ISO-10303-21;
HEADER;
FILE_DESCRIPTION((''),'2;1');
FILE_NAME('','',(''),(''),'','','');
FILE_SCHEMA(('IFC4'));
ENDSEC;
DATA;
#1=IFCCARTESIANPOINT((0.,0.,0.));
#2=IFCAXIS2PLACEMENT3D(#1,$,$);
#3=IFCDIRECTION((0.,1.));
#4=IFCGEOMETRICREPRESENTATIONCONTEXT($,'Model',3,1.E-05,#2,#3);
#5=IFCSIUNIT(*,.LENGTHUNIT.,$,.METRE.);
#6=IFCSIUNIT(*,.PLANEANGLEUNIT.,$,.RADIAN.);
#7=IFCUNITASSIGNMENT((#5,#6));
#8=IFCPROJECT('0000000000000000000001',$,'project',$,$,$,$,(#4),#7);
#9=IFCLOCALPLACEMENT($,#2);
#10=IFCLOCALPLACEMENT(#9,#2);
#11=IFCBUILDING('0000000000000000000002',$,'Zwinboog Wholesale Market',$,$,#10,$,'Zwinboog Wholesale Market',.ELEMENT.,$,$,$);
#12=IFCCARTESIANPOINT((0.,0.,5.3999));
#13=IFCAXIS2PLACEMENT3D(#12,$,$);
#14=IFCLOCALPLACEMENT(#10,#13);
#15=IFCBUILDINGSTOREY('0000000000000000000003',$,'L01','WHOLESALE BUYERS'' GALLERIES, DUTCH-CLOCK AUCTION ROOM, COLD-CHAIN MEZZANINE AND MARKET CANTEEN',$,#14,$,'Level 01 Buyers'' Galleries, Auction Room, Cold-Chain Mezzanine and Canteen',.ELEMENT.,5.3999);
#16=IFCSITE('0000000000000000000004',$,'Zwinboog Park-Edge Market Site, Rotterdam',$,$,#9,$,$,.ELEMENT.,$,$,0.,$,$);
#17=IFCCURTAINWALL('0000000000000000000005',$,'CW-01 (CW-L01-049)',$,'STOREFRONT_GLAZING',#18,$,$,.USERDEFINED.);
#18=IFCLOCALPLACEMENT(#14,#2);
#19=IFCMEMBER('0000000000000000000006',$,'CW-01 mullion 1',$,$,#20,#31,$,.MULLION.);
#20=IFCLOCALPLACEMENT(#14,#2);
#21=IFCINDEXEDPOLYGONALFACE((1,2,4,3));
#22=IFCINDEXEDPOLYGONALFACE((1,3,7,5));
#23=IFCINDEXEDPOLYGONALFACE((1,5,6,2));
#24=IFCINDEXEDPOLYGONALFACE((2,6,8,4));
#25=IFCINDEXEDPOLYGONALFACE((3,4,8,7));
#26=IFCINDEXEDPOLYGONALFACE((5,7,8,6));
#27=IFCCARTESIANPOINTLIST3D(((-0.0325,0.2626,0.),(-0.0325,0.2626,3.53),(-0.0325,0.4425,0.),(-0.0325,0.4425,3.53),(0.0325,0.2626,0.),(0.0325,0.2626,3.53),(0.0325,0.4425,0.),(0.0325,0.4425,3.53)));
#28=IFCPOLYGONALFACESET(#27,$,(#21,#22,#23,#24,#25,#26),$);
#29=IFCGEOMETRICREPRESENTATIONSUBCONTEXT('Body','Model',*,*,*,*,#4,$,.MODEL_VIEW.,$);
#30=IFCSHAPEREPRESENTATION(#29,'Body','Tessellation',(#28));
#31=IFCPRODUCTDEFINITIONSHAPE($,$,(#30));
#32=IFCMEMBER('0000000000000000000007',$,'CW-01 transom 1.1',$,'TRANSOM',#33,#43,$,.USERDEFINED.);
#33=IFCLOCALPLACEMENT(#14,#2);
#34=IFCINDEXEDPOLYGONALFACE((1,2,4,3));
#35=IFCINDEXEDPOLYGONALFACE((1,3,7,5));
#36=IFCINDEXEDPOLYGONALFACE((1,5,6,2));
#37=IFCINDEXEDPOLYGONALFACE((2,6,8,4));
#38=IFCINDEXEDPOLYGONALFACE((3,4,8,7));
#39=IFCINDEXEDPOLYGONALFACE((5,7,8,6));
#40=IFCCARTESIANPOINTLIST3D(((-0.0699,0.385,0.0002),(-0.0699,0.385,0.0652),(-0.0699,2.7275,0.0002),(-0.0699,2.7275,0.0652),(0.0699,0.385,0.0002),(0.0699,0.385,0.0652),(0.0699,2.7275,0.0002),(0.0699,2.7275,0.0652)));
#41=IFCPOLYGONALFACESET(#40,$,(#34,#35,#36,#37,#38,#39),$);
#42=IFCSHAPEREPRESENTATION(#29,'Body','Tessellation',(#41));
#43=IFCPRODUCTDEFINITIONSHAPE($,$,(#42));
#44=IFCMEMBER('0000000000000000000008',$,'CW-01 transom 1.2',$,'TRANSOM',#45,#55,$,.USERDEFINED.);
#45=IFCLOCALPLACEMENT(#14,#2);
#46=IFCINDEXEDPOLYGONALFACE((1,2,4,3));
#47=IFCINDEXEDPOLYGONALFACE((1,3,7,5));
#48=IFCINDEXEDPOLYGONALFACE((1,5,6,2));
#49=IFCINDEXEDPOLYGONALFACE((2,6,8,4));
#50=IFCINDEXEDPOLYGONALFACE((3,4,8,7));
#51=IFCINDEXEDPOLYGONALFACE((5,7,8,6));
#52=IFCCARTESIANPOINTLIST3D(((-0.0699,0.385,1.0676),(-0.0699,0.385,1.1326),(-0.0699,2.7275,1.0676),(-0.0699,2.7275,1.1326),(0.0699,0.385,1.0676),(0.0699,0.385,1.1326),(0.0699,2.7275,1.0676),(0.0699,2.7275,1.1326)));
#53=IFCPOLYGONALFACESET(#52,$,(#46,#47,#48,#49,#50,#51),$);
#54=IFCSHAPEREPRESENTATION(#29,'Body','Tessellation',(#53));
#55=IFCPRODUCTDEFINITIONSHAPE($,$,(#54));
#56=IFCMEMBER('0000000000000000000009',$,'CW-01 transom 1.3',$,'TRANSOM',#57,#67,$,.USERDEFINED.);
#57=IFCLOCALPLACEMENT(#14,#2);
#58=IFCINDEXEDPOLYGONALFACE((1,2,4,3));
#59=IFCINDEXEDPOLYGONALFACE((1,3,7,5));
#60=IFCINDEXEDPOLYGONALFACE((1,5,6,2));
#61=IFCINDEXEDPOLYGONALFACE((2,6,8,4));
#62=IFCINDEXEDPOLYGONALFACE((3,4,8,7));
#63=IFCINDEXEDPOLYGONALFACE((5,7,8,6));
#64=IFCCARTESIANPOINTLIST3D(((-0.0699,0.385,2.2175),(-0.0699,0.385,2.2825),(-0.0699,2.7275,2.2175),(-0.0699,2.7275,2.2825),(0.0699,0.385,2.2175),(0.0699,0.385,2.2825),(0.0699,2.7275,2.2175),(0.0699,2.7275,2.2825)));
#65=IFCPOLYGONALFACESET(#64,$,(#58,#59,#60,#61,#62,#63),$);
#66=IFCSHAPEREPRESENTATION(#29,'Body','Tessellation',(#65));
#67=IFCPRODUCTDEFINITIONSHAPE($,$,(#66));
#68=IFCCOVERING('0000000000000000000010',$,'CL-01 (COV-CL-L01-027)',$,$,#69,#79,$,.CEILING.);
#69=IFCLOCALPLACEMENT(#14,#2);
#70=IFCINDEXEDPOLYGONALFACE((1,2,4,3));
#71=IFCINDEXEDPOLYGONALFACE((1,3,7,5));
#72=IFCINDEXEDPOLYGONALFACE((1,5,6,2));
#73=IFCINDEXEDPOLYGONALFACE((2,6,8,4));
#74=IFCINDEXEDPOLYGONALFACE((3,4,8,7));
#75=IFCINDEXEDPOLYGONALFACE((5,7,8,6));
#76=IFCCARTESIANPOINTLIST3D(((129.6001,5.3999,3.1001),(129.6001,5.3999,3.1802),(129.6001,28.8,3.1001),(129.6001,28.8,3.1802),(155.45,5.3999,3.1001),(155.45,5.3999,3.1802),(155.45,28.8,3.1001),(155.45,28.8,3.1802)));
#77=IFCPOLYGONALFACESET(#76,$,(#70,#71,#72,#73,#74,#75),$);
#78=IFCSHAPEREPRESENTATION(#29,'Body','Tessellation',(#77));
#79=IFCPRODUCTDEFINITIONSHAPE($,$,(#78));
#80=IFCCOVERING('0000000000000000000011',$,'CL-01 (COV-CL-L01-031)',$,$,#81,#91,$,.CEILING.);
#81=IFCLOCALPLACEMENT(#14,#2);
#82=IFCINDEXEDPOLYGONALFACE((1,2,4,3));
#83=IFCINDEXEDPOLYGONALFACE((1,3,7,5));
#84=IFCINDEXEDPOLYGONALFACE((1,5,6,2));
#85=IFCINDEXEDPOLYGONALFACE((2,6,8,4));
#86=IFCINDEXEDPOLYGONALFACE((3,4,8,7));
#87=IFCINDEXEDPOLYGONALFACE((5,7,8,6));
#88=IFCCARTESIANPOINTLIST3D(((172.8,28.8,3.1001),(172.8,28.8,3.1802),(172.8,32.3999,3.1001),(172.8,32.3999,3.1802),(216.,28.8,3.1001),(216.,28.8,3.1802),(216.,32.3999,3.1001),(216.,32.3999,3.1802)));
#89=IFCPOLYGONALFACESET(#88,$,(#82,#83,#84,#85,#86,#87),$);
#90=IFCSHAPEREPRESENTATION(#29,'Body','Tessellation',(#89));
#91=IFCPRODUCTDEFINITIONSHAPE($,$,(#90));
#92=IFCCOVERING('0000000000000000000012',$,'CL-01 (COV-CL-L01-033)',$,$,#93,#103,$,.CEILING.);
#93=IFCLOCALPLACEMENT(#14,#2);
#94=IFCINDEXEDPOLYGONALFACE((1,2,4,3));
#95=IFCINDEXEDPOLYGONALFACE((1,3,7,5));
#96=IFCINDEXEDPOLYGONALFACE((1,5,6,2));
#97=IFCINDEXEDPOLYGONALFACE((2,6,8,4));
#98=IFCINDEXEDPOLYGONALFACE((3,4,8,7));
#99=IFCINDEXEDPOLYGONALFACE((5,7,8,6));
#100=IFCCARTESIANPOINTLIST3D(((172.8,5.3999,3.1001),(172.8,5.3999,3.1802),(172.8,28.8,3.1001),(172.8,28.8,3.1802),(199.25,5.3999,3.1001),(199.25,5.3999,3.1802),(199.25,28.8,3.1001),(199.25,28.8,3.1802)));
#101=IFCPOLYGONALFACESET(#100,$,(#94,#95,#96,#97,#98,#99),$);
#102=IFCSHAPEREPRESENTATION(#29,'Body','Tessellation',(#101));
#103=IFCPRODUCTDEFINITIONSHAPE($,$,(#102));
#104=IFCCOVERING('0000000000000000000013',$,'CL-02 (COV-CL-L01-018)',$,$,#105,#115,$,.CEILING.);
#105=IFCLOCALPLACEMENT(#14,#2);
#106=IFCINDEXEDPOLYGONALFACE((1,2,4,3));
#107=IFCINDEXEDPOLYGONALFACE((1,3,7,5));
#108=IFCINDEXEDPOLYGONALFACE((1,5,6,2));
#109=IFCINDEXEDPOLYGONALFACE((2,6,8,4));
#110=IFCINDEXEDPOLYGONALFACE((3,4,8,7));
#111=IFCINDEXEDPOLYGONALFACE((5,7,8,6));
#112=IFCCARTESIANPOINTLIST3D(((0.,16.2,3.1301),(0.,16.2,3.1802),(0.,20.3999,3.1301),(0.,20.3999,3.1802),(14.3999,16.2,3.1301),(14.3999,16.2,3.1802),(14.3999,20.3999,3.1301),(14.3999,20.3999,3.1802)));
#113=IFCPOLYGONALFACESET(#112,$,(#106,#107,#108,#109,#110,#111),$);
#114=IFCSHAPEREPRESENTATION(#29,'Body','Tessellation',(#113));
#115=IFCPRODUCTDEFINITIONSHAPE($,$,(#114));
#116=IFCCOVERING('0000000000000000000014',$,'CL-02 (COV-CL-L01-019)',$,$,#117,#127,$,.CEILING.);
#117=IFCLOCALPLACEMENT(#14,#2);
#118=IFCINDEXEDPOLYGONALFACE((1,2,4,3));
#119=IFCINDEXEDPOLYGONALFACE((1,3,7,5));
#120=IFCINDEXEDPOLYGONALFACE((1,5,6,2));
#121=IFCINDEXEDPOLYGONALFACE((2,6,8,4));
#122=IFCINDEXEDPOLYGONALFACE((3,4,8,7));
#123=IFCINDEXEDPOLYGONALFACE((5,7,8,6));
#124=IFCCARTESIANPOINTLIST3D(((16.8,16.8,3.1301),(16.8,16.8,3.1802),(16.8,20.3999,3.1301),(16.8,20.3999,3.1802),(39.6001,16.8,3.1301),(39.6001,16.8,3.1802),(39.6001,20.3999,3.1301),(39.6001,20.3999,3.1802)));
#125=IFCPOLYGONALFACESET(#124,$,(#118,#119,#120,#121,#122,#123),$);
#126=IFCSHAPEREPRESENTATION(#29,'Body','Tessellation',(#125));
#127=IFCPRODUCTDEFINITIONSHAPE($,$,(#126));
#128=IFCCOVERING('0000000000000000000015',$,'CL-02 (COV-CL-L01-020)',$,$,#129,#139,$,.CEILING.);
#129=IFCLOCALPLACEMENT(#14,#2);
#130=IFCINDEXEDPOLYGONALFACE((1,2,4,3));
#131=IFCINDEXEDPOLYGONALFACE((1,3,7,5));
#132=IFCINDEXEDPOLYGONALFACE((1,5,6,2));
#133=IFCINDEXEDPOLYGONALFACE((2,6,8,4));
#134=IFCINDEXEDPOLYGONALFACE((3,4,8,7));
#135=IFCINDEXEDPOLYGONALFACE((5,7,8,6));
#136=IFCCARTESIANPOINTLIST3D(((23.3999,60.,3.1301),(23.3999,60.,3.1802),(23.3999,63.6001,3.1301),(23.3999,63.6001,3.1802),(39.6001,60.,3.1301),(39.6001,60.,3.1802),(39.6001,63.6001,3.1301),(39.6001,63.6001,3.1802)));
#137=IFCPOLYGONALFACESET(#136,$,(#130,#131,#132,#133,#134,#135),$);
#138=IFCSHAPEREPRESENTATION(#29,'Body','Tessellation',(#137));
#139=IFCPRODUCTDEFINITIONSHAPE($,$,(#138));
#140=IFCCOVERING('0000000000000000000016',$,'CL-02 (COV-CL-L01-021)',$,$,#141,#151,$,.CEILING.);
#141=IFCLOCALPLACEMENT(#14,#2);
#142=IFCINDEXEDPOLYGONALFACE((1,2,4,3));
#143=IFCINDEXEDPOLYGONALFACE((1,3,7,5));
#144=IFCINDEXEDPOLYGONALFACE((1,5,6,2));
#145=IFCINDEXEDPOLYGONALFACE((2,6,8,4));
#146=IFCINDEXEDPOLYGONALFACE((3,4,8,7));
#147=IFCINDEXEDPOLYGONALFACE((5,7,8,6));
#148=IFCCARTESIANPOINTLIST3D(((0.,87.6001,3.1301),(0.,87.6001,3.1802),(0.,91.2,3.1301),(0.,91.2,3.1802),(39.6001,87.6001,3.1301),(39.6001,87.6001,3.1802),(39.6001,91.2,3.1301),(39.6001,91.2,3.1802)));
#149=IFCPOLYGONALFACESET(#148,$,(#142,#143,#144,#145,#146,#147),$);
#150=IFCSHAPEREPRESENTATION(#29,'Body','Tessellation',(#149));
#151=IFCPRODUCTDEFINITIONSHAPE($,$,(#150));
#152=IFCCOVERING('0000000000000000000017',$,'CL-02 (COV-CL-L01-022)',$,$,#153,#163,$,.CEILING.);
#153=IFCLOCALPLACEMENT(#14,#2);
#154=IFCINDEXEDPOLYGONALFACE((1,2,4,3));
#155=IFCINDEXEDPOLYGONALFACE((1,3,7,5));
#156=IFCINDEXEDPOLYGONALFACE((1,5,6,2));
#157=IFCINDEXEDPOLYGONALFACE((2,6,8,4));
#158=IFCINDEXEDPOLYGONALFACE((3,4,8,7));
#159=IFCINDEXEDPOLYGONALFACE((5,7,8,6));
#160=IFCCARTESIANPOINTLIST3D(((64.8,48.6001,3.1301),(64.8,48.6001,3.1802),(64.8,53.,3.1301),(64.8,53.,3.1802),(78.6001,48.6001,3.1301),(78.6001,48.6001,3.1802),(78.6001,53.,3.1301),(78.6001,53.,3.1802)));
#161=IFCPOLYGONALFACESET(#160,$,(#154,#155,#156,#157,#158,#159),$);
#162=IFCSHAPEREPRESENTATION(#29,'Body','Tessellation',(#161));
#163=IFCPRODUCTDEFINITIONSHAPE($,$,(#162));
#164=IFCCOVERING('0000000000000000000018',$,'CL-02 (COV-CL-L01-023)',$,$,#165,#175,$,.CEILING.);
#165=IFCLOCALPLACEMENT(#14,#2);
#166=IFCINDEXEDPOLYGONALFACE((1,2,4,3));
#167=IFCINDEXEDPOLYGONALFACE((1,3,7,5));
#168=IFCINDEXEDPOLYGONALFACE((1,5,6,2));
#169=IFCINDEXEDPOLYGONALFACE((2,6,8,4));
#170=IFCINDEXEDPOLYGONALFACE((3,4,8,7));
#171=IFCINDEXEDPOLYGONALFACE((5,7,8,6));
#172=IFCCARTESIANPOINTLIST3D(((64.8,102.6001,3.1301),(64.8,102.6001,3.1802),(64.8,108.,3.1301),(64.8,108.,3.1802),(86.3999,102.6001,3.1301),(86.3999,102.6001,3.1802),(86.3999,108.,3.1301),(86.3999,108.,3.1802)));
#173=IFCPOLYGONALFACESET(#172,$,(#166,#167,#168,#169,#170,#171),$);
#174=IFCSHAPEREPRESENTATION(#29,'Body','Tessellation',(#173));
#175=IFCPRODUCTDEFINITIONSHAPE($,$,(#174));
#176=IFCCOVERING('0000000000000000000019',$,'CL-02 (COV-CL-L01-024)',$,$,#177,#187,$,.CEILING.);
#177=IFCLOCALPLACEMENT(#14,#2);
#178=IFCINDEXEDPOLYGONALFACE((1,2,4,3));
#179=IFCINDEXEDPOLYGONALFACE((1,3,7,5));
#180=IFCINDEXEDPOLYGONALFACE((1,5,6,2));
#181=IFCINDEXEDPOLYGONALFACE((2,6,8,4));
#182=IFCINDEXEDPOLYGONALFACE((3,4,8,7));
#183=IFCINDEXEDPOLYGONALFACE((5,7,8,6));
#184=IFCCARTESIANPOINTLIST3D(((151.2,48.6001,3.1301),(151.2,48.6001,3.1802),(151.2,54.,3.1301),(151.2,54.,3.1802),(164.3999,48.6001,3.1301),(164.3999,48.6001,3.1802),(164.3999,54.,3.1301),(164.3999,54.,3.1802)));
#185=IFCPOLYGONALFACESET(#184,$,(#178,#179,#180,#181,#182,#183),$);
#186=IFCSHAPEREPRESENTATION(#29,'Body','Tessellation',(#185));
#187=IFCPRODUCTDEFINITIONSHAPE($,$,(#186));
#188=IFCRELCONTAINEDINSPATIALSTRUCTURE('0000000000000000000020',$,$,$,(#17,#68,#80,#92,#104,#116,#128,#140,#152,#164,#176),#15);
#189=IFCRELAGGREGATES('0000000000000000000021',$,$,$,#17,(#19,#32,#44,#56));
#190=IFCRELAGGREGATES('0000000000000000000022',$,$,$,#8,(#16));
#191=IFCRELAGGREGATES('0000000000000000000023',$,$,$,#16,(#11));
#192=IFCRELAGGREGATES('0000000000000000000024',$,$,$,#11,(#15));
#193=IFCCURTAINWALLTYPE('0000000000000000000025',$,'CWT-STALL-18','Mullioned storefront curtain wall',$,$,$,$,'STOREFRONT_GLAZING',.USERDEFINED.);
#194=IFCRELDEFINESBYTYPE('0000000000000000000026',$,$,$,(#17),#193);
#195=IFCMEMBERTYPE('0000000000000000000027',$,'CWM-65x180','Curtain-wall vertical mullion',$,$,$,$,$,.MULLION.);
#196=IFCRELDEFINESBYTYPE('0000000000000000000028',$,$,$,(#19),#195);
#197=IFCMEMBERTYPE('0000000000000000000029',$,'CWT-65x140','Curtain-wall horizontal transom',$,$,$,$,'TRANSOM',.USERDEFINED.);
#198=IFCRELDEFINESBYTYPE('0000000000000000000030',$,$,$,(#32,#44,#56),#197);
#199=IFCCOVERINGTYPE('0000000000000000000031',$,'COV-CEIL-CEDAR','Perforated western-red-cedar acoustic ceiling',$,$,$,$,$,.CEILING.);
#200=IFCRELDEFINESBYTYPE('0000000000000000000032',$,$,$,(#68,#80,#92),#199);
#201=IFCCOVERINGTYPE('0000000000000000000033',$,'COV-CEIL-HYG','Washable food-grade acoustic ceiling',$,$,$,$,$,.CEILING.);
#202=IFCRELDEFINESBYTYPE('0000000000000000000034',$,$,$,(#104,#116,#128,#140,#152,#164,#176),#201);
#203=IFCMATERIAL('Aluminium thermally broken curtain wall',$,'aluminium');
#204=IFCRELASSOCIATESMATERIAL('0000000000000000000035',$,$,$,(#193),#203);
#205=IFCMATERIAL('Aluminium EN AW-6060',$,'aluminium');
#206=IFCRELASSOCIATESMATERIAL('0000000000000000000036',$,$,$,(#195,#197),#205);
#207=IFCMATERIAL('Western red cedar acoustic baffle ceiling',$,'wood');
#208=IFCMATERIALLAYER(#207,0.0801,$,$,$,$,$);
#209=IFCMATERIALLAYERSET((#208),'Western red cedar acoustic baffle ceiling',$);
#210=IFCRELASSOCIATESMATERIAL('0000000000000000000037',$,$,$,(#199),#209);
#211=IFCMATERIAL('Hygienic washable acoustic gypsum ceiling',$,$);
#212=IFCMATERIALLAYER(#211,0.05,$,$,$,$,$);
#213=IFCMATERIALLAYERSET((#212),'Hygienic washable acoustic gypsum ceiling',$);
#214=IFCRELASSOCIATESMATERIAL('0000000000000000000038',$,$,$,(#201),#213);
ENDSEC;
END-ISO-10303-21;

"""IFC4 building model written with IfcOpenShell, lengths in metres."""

from ifc_helpers import new_model, si_unit, direction, frame, origin, origin_2d, place, context, subcontext, project, spatial, polyline, rectangle, outline, extrude, material, layer, layer_set, material_profile, profile_set, type_object, element, aggregate, save


model = new_model("IFC4")

# Units and contexts
model_context = context("Model", 3, precision=1e-05, world=origin(), true_north=direction((0.0, 1.0)))
body_context = subcontext(model_context, "Body", "Model", "MODEL_VIEW")
ifc_project = project(units=[si_unit("LENGTHUNIT", "METRE"), si_unit("PLANEANGLEUNIT", "RADIAN")], contexts=[model_context])

# Site, building, storey
site_placement = place(None, origin())
site = spatial("IfcSite", under=ifc_project, at=site_placement, Name="Zwinboog Park-Edge Market Site, Rotterdam", CompositionType="ELEMENT", RefElevation=0.0)
building_placement = place(site_placement, origin())
building = spatial("IfcBuilding", under=site, at=building_placement, Name="Zwinboog Wholesale Market", LongName="Zwinboog Wholesale Market", CompositionType="ELEMENT")
storey_placement = place(building_placement, frame((0.0, 0.0, 5.3999)))
storey = spatial("IfcBuildingStorey", under=building, at=storey_placement, Name="L01", Description="WHOLESALE BUYERS' GALLERIES, DUTCH-CLOCK AUCTION ROOM, COLD-CHAIN MEZZANINE AND MARKET CANTEEN", LongName="Level 01 Buyers' Galleries, Auction Room, Cold-Chain Mezzanine and Canteen", CompositionType="ELEMENT", Elevation=5.3999)

# Curtain wall, members
ifc_material_1 = material(Name="Aluminium thermally broken curtain wall", Category="aluminium")
curtain_wall_type = type_object("IfcCurtainWallType", Name="CWT-STALL-18", Description="Mullioned storefront curtain wall", ElementType="STOREFRONT_GLAZING", PredefinedType="USERDEFINED", material=ifc_material_1)
curtain_wall_placement = place(storey_placement, origin())
curtain_wall = element("IfcCurtainWall", 1, at=curtain_wall_placement, inside=storey, type_object=curtain_wall_type, Name="CW-01 (CW-L01-049)", ObjectType="STOREFRONT_GLAZING", PredefinedType="USERDEFINED")
ifc_material_2 = material(Name="Aluminium EN AW-6060", Category="aluminium")
ifc_material_profile_1 = material_profile(ifc_material_2, rectangle(XDim=0.0649, YDim=0.1799, at=origin_2d()), Name="AL 65x180")
ifc_profile_set_1 = profile_set([ifc_material_profile_1], Name="Aluminium EN AW-6060")
member_type_1 = type_object("IfcMemberType", Name="CWM-65x180", Description="Curtain-wall vertical mullion", PredefinedType="MULLION", material=ifc_profile_set_1)
member_1_placement = place(storey_placement, frame((0.0, 0.3525, 0.0), z_axis=(0.0, 0.0, 1.0), x_axis=(-1.0, 0.0, 0.0)))
member_1 = element("IfcMember", 2, at=member_1_placement, type_object=member_type_1, Name="CW-01 mullion 1", PredefinedType="MULLION", context=body_context, shape_type="SweptSolid", body=[
    extrude(rectangle(XDim=0.0649, YDim=0.1799, at=origin_2d()), origin(), (0.0, 0.0, 1.0), 3.53),
])
ifc_material_profile_2 = material_profile(ifc_material_2, rectangle(XDim=0.1399, YDim=0.0649, at=origin_2d()), Name="AL 65x140")
ifc_profile_set_2 = profile_set([ifc_material_profile_2], Name="Aluminium EN AW-6060")
member_type_2 = type_object("IfcMemberType", Name="CWT-65x140", Description="Curtain-wall horizontal transom", ElementType="TRANSOM", PredefinedType="USERDEFINED", material=ifc_profile_set_2)
member_2_placement = place(storey_placement, frame((0.0, 0.385, 0.0327), z_axis=(0.0, 1.0, 0.0), x_axis=(-1.0, 0.0, 0.0)))
member_2 = element("IfcMember", 3, at=member_2_placement, type_object=member_type_2, Name="CW-01 transom 1.1", ObjectType="TRANSOM", PredefinedType="USERDEFINED", context=body_context, shape_type="SweptSolid", body=[
    extrude(rectangle(XDim=0.1399, YDim=0.0649, at=origin_2d()), origin(), (0.0, 0.0, 1.0), 2.3425),
])
member_3_placement = place(storey_placement, frame((0.0, 0.385, 1.1001), z_axis=(0.0, 1.0, 0.0), x_axis=(-1.0, 0.0, 0.0)))
member_3 = element("IfcMember", 4, at=member_3_placement, type_object=member_type_2, Name="CW-01 transom 1.2", ObjectType="TRANSOM", PredefinedType="USERDEFINED", context=body_context, shape_type="SweptSolid", body=[
    extrude(rectangle(XDim=0.1399, YDim=0.0649, at=origin_2d()), origin(), (0.0, 0.0, 1.0), 2.3425),
])
member_4_placement = place(storey_placement, frame((0.0, 0.385, 2.25), z_axis=(0.0, 1.0, 0.0), x_axis=(-1.0, 0.0, 0.0)))
member_4 = element("IfcMember", 5, at=member_4_placement, type_object=member_type_2, Name="CW-01 transom 1.3", ObjectType="TRANSOM", PredefinedType="USERDEFINED", context=body_context, shape_type="SweptSolid", body=[
    extrude(rectangle(XDim=0.1399, YDim=0.0649, at=origin_2d()), origin(), (0.0, 0.0, 1.0), 2.3425),
])
aggregate(curtain_wall, [member_1, member_2, member_3, member_4])

# Coverings
ifc_material_3 = material(Name="Western red cedar acoustic baffle ceiling", Category="wood")
ifc_layer_1 = layer(ifc_material_3, 0.0801)
ifc_layer_set_1 = layer_set([ifc_layer_1], Name="Western red cedar acoustic baffle ceiling")
covering_type_1 = type_object("IfcCoveringType", Name="COV-CEIL-CEDAR", Description="Perforated western-red-cedar acoustic ceiling", PredefinedType="CEILING", material=ifc_layer_set_1)
covering_1_placement = place(storey_placement, frame((0.0, 0.0, 3.1001)))
element("IfcCovering", 6, at=covering_1_placement, inside=storey, type_object=covering_type_1, Name="CL-01 (COV-CL-L01-027)", PredefinedType="CEILING", context=body_context, shape_type="SweptSolid", body=[
    extrude(outline(polyline([(129.6001, 5.3999), (155.45, 5.3999), (155.45, 28.8), (129.6001, 28.8), (129.6001, 5.3999)])), origin(), (0.0, 0.0, 1.0), 0.0801),
])
covering_2_placement = place(storey_placement, frame((0.0, 0.0, 3.1001)))
element("IfcCovering", 7, at=covering_2_placement, inside=storey, type_object=covering_type_1, Name="CL-01 (COV-CL-L01-031)", PredefinedType="CEILING", context=body_context, shape_type="SweptSolid", body=[
    extrude(outline(polyline([(172.8, 28.8), (216.0, 28.8), (216.0, 32.3999), (172.8, 32.3999), (172.8, 28.8)])), origin(), (0.0, 0.0, 1.0), 0.0801),
])
covering_3_placement = place(storey_placement, frame((0.0, 0.0, 3.1001)))
element("IfcCovering", 8, at=covering_3_placement, inside=storey, type_object=covering_type_1, Name="CL-01 (COV-CL-L01-033)", PredefinedType="CEILING", context=body_context, shape_type="SweptSolid", body=[
    extrude(outline(polyline([(172.8, 5.3999), (199.25, 5.3999), (199.25, 28.8), (172.8, 28.8), (172.8, 5.3999)])), origin(), (0.0, 0.0, 1.0), 0.0801),
])
ifc_material_4 = material(Name="Hygienic washable acoustic gypsum ceiling")
ifc_layer_2 = layer(ifc_material_4, 0.05)
ifc_layer_set_2 = layer_set([ifc_layer_2], Name="Hygienic washable acoustic gypsum ceiling")
covering_type_2 = type_object("IfcCoveringType", Name="COV-CEIL-HYG", Description="Washable food-grade acoustic ceiling", PredefinedType="CEILING", material=ifc_layer_set_2)
covering_4_placement = place(storey_placement, frame((0.0, 0.0, 3.1301)))
element("IfcCovering", 9, at=covering_4_placement, inside=storey, type_object=covering_type_2, Name="CL-02 (COV-CL-L01-018)", PredefinedType="CEILING", context=body_context, shape_type="SweptSolid", body=[
    extrude(outline(polyline([(0.0, 16.2), (14.3999, 16.2), (14.3999, 20.3999), (0.0, 20.3999), (0.0, 16.2)])), origin(), (0.0, 0.0, 1.0), 0.05),
])
covering_5_placement = place(storey_placement, frame((0.0, 0.0, 3.1301)))
element("IfcCovering", 10, at=covering_5_placement, inside=storey, type_object=covering_type_2, Name="CL-02 (COV-CL-L01-019)", PredefinedType="CEILING", context=body_context, shape_type="SweptSolid", body=[
    extrude(outline(polyline([(16.8, 16.8), (39.6001, 16.8), (39.6001, 20.3999), (16.8, 20.3999), (16.8, 16.8)])), origin(), (0.0, 0.0, 1.0), 0.05),
])
covering_6_placement = place(storey_placement, frame((0.0, 0.0, 3.1301)))
element("IfcCovering", 11, at=covering_6_placement, inside=storey, type_object=covering_type_2, Name="CL-02 (COV-CL-L01-020)", PredefinedType="CEILING", context=body_context, shape_type="SweptSolid", body=[
    extrude(outline(polyline([(23.3999, 60.0), (39.6001, 60.0), (39.6001, 63.6001), (23.3999, 63.6001), (23.3999, 60.0)])), origin(), (0.0, 0.0, 1.0), 0.05),
])
covering_7_placement = place(storey_placement, frame((0.0, 0.0, 3.1301)))
element("IfcCovering", 12, at=covering_7_placement, inside=storey, type_object=covering_type_2, Name="CL-02 (COV-CL-L01-021)", PredefinedType="CEILING", context=body_context, shape_type="SweptSolid", body=[
    extrude(outline(polyline([(0.0, 87.6001), (39.6001, 87.6001), (39.6001, 91.2), (0.0, 91.2), (0.0, 87.6001)])), origin(), (0.0, 0.0, 1.0), 0.05),
])
covering_8_placement = place(storey_placement, frame((0.0, 0.0, 3.1301)))
element("IfcCovering", 13, at=covering_8_placement, inside=storey, type_object=covering_type_2, Name="CL-02 (COV-CL-L01-022)", PredefinedType="CEILING", context=body_context, shape_type="SweptSolid", body=[
    extrude(outline(polyline([(64.8, 48.6001), (78.6001, 48.6001), (78.6001, 53.0), (64.8, 53.0), (64.8, 48.6001)])), origin(), (0.0, 0.0, 1.0), 0.05),
])
covering_9_placement = place(storey_placement, frame((0.0, 0.0, 3.1301)))
element("IfcCovering", 14, at=covering_9_placement, inside=storey, type_object=covering_type_2, Name="CL-02 (COV-CL-L01-023)", PredefinedType="CEILING", context=body_context, shape_type="SweptSolid", body=[
    extrude(outline(polyline([(64.8, 102.6001), (86.3999, 102.6001), (86.3999, 108.0), (64.8, 108.0), (64.8, 102.6001)])), origin(), (0.0, 0.0, 1.0), 0.05),
])
covering_10_placement = place(storey_placement, frame((0.0, 0.0, 3.1301)))
element("IfcCovering", 15, at=covering_10_placement, inside=storey, type_object=covering_type_2, Name="CL-02 (COV-CL-L01-024)", PredefinedType="CEILING", context=body_context, shape_type="SweptSolid", body=[
    extrude(outline(polyline([(151.2, 48.6001), (164.3999, 48.6001), (164.3999, 54.0), (151.2, 54.0), (151.2, 48.6001)])), origin(), (0.0, 0.0, 1.0), 0.05),
])

save(model, "model.ifc")
